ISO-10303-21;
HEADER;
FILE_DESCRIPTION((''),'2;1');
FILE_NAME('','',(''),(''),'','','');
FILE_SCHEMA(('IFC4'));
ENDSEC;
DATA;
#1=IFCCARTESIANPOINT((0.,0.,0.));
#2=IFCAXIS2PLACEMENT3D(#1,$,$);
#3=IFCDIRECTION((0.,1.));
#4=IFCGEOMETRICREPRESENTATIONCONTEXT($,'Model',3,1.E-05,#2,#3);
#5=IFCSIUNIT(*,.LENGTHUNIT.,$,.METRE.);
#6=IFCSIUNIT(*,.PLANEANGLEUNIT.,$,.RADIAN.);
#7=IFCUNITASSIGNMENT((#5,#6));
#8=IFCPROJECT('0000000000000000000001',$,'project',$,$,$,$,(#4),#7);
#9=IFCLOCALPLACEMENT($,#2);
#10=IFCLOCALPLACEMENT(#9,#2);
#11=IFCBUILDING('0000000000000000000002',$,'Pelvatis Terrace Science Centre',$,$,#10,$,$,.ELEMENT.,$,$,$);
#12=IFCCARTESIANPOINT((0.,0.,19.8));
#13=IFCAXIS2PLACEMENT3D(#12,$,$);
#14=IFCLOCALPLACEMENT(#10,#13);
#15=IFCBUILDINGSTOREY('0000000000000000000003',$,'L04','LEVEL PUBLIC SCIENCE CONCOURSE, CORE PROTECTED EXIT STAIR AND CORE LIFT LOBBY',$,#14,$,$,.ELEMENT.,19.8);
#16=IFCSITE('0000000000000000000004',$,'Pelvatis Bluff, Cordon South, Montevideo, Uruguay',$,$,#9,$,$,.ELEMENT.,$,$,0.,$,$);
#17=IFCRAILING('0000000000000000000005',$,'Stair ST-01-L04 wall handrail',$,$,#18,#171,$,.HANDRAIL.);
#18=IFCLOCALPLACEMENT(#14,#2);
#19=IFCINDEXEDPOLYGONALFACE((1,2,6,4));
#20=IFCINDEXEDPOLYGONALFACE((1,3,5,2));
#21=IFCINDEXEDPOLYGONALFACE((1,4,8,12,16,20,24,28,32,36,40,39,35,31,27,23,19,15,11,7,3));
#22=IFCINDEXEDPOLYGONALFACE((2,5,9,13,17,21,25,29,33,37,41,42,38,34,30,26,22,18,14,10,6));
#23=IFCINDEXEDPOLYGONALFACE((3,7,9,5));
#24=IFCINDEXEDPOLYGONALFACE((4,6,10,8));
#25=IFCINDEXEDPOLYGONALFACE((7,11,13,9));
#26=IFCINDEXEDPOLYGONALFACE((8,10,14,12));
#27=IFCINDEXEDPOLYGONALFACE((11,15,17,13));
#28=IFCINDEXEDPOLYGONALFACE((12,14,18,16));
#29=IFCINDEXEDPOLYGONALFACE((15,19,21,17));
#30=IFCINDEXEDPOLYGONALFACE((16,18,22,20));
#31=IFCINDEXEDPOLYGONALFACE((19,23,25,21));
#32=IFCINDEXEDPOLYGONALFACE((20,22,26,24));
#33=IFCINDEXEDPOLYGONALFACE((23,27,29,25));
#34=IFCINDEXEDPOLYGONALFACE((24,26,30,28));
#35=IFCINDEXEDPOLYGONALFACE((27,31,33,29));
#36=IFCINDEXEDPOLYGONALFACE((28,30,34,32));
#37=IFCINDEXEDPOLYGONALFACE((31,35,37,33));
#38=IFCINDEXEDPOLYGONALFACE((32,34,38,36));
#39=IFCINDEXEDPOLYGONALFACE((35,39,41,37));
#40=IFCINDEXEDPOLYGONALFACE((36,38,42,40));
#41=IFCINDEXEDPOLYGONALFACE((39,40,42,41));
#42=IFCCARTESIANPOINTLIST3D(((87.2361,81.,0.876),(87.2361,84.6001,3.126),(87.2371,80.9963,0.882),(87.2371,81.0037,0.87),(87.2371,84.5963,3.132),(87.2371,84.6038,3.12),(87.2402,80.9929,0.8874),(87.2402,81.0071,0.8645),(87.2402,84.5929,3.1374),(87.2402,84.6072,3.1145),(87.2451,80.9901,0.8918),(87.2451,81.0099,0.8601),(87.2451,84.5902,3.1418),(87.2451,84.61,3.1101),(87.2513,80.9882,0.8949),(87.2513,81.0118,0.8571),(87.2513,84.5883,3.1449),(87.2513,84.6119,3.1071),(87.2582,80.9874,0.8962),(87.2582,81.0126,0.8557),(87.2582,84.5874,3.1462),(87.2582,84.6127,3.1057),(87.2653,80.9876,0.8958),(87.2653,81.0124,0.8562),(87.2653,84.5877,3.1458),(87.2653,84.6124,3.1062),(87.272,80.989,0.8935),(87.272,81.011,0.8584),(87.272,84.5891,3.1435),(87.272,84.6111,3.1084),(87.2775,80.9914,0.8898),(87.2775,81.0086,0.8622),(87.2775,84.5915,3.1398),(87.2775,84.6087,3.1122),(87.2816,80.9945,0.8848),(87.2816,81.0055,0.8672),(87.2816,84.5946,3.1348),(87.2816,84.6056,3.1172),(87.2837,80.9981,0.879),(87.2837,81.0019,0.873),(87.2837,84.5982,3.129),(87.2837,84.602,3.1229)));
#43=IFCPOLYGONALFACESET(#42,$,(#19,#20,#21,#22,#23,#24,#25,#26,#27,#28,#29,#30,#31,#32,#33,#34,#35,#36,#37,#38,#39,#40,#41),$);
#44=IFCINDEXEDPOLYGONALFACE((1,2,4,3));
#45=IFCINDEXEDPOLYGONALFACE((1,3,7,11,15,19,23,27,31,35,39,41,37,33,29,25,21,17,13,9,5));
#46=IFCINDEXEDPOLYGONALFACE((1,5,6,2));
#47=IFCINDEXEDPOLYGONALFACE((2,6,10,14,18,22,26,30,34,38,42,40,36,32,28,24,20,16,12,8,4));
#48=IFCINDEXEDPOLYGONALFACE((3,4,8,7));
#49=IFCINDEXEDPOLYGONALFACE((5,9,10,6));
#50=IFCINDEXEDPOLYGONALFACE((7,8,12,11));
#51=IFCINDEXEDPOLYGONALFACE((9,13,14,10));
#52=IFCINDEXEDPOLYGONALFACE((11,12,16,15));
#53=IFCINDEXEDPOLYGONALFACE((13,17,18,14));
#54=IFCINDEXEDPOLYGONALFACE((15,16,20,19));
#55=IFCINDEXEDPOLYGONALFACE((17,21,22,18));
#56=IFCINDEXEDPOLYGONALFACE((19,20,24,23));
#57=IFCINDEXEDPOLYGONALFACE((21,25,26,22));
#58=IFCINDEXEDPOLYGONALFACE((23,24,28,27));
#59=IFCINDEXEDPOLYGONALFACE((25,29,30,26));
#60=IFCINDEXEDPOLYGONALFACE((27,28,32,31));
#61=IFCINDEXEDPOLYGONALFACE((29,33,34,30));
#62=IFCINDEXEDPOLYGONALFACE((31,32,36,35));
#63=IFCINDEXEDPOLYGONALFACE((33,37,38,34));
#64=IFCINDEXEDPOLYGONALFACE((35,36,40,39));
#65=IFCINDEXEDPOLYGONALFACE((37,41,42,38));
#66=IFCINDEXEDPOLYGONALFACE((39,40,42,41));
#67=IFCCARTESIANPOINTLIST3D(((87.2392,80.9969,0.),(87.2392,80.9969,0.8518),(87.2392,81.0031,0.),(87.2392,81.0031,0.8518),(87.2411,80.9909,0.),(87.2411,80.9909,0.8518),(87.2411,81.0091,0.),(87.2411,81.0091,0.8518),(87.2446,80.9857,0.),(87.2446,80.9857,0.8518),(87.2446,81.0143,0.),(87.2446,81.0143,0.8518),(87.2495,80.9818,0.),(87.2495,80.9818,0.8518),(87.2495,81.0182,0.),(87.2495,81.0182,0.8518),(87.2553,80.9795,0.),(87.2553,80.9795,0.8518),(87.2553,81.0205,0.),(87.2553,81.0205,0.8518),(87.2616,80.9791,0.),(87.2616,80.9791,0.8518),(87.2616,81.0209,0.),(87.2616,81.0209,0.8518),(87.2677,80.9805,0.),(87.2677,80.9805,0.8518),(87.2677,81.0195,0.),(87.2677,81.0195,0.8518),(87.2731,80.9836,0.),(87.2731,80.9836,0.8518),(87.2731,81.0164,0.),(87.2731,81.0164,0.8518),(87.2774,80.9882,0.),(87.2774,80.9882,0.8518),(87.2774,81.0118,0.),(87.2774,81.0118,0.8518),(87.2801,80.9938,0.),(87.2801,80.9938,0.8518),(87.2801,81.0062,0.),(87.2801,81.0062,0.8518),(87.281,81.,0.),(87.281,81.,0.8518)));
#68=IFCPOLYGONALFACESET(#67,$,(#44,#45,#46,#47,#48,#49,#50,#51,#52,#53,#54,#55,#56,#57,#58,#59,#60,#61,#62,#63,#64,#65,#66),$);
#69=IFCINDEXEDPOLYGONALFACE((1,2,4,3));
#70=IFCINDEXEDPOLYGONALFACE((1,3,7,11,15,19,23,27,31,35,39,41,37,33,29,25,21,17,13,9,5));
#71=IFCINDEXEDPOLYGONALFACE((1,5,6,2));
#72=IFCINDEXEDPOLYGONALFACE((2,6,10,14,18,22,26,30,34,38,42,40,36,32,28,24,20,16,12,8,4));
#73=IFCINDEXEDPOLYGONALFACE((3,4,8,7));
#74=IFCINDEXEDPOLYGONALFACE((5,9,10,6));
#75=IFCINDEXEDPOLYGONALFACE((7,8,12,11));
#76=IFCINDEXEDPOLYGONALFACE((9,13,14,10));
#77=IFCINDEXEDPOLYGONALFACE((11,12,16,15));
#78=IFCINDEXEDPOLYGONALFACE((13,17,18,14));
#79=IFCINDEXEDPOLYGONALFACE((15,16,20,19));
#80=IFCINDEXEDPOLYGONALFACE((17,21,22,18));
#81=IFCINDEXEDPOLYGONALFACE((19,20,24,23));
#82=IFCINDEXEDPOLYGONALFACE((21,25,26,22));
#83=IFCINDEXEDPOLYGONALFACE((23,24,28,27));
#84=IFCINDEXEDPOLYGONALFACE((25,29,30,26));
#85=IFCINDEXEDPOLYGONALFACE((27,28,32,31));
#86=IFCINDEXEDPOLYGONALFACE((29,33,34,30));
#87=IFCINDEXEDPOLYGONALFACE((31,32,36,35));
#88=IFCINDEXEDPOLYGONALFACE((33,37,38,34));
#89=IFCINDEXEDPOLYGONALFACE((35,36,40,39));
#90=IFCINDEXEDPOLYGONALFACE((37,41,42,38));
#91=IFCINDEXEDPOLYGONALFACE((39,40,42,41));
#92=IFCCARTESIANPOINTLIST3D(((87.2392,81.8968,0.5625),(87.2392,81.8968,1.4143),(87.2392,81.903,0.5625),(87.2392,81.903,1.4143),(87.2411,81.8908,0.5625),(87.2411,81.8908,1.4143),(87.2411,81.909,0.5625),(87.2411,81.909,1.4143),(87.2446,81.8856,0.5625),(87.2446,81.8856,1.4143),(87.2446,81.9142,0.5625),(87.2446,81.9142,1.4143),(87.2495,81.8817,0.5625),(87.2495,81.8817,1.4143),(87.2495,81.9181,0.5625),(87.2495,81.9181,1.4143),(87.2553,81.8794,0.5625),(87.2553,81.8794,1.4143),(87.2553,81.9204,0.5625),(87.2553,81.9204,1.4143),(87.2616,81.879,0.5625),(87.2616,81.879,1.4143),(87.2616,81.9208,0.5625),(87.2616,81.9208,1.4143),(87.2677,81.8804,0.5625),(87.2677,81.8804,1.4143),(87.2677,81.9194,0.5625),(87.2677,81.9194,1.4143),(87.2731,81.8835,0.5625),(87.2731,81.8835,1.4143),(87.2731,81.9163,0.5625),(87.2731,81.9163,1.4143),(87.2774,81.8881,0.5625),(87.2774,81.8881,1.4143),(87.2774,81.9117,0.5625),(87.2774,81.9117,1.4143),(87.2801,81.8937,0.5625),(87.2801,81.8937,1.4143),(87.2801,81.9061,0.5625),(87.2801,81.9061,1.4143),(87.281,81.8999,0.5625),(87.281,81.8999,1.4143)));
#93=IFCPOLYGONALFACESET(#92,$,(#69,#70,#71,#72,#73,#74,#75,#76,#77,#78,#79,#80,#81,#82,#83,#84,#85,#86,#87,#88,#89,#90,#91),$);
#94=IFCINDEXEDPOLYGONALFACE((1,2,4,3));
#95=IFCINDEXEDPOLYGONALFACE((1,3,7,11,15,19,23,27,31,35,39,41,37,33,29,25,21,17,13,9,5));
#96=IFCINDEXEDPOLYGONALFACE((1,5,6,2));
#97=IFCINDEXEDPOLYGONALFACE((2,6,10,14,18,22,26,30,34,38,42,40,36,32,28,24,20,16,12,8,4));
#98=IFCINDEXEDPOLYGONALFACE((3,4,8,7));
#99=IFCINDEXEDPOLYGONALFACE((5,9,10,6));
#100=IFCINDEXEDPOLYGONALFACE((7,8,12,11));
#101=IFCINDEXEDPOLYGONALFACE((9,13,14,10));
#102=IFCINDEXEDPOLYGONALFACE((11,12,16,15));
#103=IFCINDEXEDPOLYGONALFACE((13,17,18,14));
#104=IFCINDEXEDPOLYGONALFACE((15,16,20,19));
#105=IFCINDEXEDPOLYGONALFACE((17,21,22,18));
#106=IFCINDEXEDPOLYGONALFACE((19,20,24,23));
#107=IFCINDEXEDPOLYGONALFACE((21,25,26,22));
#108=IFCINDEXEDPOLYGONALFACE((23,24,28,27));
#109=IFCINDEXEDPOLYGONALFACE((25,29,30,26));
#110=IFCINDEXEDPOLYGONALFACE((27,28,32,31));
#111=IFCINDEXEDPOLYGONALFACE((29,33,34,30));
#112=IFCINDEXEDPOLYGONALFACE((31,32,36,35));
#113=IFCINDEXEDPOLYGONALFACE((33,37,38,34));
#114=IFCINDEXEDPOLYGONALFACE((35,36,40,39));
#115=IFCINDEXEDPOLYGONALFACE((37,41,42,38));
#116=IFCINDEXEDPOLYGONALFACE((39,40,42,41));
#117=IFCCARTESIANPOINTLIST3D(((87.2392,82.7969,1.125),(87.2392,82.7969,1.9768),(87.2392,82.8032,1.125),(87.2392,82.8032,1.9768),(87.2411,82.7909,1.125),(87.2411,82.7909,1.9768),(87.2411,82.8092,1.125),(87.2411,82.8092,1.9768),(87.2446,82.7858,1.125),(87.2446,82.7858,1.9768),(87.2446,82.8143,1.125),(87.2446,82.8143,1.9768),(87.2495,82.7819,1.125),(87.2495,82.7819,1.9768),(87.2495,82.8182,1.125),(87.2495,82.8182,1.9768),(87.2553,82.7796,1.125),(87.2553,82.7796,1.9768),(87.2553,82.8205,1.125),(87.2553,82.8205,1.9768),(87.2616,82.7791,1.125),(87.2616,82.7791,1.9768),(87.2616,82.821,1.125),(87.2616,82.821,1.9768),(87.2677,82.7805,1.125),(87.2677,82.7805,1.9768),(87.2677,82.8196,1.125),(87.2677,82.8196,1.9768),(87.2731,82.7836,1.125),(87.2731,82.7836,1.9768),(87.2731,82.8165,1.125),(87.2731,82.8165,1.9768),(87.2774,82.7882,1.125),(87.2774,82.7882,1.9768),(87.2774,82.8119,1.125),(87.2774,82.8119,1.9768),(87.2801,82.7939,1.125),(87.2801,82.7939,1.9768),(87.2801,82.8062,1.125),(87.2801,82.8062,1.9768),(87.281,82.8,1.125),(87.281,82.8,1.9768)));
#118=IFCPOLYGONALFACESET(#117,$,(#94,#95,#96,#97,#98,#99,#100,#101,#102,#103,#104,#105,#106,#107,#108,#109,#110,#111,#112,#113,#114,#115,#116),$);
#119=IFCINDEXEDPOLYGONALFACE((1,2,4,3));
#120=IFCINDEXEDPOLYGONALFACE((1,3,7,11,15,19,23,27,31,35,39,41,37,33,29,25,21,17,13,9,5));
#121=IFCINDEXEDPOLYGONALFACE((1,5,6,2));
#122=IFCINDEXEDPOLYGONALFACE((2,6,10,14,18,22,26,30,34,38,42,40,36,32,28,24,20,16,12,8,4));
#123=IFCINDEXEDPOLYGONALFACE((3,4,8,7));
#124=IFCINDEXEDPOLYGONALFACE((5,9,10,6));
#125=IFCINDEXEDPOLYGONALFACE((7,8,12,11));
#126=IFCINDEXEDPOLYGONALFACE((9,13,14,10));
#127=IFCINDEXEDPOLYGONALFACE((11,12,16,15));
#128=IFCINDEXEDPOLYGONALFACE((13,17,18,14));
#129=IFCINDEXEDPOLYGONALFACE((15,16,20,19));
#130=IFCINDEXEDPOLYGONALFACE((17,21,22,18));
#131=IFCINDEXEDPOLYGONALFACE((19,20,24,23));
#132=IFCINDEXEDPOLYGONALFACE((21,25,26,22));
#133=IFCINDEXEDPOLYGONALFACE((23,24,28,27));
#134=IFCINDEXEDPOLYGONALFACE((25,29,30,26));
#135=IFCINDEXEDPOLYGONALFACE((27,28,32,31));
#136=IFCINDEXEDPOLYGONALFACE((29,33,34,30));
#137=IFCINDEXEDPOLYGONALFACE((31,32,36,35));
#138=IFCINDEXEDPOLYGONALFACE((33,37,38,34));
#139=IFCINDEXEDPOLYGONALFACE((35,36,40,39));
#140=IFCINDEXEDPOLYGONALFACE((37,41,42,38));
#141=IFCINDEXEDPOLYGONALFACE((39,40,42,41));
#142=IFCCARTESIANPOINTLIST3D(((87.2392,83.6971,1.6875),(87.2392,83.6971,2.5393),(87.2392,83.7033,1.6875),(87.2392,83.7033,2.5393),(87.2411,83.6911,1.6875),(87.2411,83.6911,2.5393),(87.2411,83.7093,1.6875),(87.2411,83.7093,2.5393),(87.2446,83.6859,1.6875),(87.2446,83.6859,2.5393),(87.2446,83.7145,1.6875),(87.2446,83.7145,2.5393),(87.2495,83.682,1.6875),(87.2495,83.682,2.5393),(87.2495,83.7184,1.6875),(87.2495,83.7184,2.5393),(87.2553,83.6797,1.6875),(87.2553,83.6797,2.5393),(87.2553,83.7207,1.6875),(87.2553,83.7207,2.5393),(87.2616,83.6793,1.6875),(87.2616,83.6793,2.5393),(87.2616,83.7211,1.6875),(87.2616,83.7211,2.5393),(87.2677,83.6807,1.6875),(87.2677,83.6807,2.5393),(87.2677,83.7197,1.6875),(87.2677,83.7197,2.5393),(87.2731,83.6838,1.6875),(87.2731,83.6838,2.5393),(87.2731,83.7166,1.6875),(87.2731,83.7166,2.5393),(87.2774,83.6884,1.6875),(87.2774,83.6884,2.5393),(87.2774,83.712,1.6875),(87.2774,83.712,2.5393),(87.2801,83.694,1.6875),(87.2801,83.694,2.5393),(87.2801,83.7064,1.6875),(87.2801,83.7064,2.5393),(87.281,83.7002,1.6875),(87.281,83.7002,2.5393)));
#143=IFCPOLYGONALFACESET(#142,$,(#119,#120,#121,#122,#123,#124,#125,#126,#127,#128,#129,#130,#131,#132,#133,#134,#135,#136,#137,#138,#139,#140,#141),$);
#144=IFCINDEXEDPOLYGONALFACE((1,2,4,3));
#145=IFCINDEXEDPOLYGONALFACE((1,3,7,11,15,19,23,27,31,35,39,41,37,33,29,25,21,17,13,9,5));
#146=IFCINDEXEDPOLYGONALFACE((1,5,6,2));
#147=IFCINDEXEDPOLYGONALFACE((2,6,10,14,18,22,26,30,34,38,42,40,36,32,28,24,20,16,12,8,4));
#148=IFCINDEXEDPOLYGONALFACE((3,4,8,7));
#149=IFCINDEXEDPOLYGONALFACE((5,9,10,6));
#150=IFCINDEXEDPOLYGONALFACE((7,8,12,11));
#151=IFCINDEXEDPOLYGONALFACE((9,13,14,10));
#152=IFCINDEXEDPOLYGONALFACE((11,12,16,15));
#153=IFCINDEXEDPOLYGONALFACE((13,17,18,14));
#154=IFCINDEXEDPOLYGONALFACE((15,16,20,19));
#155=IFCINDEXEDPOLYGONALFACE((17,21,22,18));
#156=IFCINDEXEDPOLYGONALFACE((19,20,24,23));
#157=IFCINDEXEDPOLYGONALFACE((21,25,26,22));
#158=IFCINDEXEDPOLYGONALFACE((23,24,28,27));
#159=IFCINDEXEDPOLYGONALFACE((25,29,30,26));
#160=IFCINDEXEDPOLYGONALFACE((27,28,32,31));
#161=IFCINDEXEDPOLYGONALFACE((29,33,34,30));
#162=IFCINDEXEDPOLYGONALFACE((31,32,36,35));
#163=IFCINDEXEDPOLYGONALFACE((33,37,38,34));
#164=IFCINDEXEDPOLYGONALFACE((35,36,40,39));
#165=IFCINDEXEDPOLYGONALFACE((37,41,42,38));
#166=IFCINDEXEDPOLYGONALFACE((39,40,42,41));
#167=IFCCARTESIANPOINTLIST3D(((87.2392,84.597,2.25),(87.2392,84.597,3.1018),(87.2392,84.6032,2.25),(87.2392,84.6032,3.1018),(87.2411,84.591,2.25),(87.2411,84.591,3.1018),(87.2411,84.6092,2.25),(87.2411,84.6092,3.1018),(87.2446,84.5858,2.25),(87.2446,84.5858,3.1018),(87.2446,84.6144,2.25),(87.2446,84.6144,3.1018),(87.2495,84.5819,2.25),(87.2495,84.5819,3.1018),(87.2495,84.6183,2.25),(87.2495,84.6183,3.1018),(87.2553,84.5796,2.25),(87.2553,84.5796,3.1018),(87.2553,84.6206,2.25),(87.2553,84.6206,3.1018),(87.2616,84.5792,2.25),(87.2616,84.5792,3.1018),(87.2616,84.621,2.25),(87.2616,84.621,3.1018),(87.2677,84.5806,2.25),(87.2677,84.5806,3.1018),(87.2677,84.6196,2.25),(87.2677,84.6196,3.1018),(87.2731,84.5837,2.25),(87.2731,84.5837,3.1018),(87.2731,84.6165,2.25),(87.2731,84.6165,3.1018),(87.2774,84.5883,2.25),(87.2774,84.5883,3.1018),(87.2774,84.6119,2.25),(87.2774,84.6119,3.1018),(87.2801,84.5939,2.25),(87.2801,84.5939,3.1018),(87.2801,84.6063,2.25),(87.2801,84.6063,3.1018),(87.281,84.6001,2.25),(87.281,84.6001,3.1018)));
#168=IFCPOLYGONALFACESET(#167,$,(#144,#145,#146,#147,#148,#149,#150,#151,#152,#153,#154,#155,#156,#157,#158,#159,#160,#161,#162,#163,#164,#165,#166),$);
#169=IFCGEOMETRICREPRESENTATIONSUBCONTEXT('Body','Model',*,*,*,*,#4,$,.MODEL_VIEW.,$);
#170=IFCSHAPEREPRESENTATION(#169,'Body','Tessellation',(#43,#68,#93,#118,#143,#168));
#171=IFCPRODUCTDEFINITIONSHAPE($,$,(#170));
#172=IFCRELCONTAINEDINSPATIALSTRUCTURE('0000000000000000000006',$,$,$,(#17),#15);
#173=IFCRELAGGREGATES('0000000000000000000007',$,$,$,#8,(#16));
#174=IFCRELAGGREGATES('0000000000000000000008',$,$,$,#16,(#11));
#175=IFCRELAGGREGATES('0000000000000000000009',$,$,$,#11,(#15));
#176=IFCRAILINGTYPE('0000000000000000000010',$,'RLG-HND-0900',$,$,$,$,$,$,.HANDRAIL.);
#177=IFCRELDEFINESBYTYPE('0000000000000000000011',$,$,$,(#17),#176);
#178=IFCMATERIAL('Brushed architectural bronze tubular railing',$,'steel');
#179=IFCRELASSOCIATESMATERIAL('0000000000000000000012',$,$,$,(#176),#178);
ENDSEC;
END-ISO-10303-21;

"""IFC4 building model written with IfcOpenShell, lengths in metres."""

from ifc_helpers import new_model, si_unit, direction, frame, origin, origin_2d, place, context, subcontext, project, spatial, circle, extrude, material, type_object, element, save


model = new_model("IFC4")

# Units and contexts
model_context = context("Model", 3, precision=1e-05, world=origin(), true_north=direction((0.0, 1.0)))
body_context = subcontext(model_context, "Body", "Model", "MODEL_VIEW")
ifc_project = project(units=[si_unit("LENGTHUNIT", "METRE"), si_unit("PLANEANGLEUNIT", "RADIAN")], contexts=[model_context])

# Site, building, storey
site_placement = place(None, origin())
site = spatial("IfcSite", under=ifc_project, at=site_placement, Name="Pelvatis Bluff, Cordon South, Montevideo, Uruguay", CompositionType="ELEMENT", RefElevation=0.0)
building_placement = place(site_placement, origin())
building = spatial("IfcBuilding", under=site, at=building_placement, Name="Pelvatis Terrace Science Centre", CompositionType="ELEMENT")
storey_placement = place(building_placement, frame((0.0, 0.0, 19.8)))
storey = spatial("IfcBuildingStorey", under=building, at=storey_placement, Name="L04", Description="LEVEL PUBLIC SCIENCE CONCOURSE, CORE PROTECTED EXIT STAIR AND CORE LIFT LOBBY", CompositionType="ELEMENT", Elevation=19.8)

# Railing
ifc_material_1 = material(Name="Brushed architectural bronze tubular railing", Category="steel")
railing_type = type_object("IfcRailingType", Name="RLG-HND-0900", PredefinedType="HANDRAIL", material=ifc_material_1)
railing_placement = place(storey_placement, frame((87.26, 81.0, 0.0)))
element("IfcRailing", 1, at=railing_placement, inside=storey, type_object=railing_type, Name="Stair ST-01-L04 wall handrail", PredefinedType="HANDRAIL", context=body_context, shape_type="SweptSolid", body=[
    extrude(circle(Radius=0.0239, at=origin_2d()), frame((0.0, 0.0, 0.876), z_axis=(0.0, 0.848005, 0.529989), x_axis=(-1.0, 0.0, 0.0)), (0.0, 0.0, 1.0), 4.2454),
    extrude(circle(Radius=0.021, at=origin_2d()), origin(), (0.0, 0.0, 1.0), 0.8518),
    extrude(circle(Radius=0.021, at=origin_2d()), frame((0.0, 0.8999, 0.5625)), (0.0, 0.0, 1.0), 0.8518),
    extrude(circle(Radius=0.021, at=origin_2d()), frame((0.0, 1.8, 1.125)), (0.0, 0.0, 1.0), 0.8518),
    extrude(circle(Radius=0.021, at=origin_2d()), frame((0.0, 2.7002, 1.6875)), (0.0, 0.0, 1.0), 0.8518),
    extrude(circle(Radius=0.021, at=origin_2d()), frame((0.0, 3.6001, 2.25)), (0.0, 0.0, 1.0), 0.8518),
])

save(model, "model.ifc")
